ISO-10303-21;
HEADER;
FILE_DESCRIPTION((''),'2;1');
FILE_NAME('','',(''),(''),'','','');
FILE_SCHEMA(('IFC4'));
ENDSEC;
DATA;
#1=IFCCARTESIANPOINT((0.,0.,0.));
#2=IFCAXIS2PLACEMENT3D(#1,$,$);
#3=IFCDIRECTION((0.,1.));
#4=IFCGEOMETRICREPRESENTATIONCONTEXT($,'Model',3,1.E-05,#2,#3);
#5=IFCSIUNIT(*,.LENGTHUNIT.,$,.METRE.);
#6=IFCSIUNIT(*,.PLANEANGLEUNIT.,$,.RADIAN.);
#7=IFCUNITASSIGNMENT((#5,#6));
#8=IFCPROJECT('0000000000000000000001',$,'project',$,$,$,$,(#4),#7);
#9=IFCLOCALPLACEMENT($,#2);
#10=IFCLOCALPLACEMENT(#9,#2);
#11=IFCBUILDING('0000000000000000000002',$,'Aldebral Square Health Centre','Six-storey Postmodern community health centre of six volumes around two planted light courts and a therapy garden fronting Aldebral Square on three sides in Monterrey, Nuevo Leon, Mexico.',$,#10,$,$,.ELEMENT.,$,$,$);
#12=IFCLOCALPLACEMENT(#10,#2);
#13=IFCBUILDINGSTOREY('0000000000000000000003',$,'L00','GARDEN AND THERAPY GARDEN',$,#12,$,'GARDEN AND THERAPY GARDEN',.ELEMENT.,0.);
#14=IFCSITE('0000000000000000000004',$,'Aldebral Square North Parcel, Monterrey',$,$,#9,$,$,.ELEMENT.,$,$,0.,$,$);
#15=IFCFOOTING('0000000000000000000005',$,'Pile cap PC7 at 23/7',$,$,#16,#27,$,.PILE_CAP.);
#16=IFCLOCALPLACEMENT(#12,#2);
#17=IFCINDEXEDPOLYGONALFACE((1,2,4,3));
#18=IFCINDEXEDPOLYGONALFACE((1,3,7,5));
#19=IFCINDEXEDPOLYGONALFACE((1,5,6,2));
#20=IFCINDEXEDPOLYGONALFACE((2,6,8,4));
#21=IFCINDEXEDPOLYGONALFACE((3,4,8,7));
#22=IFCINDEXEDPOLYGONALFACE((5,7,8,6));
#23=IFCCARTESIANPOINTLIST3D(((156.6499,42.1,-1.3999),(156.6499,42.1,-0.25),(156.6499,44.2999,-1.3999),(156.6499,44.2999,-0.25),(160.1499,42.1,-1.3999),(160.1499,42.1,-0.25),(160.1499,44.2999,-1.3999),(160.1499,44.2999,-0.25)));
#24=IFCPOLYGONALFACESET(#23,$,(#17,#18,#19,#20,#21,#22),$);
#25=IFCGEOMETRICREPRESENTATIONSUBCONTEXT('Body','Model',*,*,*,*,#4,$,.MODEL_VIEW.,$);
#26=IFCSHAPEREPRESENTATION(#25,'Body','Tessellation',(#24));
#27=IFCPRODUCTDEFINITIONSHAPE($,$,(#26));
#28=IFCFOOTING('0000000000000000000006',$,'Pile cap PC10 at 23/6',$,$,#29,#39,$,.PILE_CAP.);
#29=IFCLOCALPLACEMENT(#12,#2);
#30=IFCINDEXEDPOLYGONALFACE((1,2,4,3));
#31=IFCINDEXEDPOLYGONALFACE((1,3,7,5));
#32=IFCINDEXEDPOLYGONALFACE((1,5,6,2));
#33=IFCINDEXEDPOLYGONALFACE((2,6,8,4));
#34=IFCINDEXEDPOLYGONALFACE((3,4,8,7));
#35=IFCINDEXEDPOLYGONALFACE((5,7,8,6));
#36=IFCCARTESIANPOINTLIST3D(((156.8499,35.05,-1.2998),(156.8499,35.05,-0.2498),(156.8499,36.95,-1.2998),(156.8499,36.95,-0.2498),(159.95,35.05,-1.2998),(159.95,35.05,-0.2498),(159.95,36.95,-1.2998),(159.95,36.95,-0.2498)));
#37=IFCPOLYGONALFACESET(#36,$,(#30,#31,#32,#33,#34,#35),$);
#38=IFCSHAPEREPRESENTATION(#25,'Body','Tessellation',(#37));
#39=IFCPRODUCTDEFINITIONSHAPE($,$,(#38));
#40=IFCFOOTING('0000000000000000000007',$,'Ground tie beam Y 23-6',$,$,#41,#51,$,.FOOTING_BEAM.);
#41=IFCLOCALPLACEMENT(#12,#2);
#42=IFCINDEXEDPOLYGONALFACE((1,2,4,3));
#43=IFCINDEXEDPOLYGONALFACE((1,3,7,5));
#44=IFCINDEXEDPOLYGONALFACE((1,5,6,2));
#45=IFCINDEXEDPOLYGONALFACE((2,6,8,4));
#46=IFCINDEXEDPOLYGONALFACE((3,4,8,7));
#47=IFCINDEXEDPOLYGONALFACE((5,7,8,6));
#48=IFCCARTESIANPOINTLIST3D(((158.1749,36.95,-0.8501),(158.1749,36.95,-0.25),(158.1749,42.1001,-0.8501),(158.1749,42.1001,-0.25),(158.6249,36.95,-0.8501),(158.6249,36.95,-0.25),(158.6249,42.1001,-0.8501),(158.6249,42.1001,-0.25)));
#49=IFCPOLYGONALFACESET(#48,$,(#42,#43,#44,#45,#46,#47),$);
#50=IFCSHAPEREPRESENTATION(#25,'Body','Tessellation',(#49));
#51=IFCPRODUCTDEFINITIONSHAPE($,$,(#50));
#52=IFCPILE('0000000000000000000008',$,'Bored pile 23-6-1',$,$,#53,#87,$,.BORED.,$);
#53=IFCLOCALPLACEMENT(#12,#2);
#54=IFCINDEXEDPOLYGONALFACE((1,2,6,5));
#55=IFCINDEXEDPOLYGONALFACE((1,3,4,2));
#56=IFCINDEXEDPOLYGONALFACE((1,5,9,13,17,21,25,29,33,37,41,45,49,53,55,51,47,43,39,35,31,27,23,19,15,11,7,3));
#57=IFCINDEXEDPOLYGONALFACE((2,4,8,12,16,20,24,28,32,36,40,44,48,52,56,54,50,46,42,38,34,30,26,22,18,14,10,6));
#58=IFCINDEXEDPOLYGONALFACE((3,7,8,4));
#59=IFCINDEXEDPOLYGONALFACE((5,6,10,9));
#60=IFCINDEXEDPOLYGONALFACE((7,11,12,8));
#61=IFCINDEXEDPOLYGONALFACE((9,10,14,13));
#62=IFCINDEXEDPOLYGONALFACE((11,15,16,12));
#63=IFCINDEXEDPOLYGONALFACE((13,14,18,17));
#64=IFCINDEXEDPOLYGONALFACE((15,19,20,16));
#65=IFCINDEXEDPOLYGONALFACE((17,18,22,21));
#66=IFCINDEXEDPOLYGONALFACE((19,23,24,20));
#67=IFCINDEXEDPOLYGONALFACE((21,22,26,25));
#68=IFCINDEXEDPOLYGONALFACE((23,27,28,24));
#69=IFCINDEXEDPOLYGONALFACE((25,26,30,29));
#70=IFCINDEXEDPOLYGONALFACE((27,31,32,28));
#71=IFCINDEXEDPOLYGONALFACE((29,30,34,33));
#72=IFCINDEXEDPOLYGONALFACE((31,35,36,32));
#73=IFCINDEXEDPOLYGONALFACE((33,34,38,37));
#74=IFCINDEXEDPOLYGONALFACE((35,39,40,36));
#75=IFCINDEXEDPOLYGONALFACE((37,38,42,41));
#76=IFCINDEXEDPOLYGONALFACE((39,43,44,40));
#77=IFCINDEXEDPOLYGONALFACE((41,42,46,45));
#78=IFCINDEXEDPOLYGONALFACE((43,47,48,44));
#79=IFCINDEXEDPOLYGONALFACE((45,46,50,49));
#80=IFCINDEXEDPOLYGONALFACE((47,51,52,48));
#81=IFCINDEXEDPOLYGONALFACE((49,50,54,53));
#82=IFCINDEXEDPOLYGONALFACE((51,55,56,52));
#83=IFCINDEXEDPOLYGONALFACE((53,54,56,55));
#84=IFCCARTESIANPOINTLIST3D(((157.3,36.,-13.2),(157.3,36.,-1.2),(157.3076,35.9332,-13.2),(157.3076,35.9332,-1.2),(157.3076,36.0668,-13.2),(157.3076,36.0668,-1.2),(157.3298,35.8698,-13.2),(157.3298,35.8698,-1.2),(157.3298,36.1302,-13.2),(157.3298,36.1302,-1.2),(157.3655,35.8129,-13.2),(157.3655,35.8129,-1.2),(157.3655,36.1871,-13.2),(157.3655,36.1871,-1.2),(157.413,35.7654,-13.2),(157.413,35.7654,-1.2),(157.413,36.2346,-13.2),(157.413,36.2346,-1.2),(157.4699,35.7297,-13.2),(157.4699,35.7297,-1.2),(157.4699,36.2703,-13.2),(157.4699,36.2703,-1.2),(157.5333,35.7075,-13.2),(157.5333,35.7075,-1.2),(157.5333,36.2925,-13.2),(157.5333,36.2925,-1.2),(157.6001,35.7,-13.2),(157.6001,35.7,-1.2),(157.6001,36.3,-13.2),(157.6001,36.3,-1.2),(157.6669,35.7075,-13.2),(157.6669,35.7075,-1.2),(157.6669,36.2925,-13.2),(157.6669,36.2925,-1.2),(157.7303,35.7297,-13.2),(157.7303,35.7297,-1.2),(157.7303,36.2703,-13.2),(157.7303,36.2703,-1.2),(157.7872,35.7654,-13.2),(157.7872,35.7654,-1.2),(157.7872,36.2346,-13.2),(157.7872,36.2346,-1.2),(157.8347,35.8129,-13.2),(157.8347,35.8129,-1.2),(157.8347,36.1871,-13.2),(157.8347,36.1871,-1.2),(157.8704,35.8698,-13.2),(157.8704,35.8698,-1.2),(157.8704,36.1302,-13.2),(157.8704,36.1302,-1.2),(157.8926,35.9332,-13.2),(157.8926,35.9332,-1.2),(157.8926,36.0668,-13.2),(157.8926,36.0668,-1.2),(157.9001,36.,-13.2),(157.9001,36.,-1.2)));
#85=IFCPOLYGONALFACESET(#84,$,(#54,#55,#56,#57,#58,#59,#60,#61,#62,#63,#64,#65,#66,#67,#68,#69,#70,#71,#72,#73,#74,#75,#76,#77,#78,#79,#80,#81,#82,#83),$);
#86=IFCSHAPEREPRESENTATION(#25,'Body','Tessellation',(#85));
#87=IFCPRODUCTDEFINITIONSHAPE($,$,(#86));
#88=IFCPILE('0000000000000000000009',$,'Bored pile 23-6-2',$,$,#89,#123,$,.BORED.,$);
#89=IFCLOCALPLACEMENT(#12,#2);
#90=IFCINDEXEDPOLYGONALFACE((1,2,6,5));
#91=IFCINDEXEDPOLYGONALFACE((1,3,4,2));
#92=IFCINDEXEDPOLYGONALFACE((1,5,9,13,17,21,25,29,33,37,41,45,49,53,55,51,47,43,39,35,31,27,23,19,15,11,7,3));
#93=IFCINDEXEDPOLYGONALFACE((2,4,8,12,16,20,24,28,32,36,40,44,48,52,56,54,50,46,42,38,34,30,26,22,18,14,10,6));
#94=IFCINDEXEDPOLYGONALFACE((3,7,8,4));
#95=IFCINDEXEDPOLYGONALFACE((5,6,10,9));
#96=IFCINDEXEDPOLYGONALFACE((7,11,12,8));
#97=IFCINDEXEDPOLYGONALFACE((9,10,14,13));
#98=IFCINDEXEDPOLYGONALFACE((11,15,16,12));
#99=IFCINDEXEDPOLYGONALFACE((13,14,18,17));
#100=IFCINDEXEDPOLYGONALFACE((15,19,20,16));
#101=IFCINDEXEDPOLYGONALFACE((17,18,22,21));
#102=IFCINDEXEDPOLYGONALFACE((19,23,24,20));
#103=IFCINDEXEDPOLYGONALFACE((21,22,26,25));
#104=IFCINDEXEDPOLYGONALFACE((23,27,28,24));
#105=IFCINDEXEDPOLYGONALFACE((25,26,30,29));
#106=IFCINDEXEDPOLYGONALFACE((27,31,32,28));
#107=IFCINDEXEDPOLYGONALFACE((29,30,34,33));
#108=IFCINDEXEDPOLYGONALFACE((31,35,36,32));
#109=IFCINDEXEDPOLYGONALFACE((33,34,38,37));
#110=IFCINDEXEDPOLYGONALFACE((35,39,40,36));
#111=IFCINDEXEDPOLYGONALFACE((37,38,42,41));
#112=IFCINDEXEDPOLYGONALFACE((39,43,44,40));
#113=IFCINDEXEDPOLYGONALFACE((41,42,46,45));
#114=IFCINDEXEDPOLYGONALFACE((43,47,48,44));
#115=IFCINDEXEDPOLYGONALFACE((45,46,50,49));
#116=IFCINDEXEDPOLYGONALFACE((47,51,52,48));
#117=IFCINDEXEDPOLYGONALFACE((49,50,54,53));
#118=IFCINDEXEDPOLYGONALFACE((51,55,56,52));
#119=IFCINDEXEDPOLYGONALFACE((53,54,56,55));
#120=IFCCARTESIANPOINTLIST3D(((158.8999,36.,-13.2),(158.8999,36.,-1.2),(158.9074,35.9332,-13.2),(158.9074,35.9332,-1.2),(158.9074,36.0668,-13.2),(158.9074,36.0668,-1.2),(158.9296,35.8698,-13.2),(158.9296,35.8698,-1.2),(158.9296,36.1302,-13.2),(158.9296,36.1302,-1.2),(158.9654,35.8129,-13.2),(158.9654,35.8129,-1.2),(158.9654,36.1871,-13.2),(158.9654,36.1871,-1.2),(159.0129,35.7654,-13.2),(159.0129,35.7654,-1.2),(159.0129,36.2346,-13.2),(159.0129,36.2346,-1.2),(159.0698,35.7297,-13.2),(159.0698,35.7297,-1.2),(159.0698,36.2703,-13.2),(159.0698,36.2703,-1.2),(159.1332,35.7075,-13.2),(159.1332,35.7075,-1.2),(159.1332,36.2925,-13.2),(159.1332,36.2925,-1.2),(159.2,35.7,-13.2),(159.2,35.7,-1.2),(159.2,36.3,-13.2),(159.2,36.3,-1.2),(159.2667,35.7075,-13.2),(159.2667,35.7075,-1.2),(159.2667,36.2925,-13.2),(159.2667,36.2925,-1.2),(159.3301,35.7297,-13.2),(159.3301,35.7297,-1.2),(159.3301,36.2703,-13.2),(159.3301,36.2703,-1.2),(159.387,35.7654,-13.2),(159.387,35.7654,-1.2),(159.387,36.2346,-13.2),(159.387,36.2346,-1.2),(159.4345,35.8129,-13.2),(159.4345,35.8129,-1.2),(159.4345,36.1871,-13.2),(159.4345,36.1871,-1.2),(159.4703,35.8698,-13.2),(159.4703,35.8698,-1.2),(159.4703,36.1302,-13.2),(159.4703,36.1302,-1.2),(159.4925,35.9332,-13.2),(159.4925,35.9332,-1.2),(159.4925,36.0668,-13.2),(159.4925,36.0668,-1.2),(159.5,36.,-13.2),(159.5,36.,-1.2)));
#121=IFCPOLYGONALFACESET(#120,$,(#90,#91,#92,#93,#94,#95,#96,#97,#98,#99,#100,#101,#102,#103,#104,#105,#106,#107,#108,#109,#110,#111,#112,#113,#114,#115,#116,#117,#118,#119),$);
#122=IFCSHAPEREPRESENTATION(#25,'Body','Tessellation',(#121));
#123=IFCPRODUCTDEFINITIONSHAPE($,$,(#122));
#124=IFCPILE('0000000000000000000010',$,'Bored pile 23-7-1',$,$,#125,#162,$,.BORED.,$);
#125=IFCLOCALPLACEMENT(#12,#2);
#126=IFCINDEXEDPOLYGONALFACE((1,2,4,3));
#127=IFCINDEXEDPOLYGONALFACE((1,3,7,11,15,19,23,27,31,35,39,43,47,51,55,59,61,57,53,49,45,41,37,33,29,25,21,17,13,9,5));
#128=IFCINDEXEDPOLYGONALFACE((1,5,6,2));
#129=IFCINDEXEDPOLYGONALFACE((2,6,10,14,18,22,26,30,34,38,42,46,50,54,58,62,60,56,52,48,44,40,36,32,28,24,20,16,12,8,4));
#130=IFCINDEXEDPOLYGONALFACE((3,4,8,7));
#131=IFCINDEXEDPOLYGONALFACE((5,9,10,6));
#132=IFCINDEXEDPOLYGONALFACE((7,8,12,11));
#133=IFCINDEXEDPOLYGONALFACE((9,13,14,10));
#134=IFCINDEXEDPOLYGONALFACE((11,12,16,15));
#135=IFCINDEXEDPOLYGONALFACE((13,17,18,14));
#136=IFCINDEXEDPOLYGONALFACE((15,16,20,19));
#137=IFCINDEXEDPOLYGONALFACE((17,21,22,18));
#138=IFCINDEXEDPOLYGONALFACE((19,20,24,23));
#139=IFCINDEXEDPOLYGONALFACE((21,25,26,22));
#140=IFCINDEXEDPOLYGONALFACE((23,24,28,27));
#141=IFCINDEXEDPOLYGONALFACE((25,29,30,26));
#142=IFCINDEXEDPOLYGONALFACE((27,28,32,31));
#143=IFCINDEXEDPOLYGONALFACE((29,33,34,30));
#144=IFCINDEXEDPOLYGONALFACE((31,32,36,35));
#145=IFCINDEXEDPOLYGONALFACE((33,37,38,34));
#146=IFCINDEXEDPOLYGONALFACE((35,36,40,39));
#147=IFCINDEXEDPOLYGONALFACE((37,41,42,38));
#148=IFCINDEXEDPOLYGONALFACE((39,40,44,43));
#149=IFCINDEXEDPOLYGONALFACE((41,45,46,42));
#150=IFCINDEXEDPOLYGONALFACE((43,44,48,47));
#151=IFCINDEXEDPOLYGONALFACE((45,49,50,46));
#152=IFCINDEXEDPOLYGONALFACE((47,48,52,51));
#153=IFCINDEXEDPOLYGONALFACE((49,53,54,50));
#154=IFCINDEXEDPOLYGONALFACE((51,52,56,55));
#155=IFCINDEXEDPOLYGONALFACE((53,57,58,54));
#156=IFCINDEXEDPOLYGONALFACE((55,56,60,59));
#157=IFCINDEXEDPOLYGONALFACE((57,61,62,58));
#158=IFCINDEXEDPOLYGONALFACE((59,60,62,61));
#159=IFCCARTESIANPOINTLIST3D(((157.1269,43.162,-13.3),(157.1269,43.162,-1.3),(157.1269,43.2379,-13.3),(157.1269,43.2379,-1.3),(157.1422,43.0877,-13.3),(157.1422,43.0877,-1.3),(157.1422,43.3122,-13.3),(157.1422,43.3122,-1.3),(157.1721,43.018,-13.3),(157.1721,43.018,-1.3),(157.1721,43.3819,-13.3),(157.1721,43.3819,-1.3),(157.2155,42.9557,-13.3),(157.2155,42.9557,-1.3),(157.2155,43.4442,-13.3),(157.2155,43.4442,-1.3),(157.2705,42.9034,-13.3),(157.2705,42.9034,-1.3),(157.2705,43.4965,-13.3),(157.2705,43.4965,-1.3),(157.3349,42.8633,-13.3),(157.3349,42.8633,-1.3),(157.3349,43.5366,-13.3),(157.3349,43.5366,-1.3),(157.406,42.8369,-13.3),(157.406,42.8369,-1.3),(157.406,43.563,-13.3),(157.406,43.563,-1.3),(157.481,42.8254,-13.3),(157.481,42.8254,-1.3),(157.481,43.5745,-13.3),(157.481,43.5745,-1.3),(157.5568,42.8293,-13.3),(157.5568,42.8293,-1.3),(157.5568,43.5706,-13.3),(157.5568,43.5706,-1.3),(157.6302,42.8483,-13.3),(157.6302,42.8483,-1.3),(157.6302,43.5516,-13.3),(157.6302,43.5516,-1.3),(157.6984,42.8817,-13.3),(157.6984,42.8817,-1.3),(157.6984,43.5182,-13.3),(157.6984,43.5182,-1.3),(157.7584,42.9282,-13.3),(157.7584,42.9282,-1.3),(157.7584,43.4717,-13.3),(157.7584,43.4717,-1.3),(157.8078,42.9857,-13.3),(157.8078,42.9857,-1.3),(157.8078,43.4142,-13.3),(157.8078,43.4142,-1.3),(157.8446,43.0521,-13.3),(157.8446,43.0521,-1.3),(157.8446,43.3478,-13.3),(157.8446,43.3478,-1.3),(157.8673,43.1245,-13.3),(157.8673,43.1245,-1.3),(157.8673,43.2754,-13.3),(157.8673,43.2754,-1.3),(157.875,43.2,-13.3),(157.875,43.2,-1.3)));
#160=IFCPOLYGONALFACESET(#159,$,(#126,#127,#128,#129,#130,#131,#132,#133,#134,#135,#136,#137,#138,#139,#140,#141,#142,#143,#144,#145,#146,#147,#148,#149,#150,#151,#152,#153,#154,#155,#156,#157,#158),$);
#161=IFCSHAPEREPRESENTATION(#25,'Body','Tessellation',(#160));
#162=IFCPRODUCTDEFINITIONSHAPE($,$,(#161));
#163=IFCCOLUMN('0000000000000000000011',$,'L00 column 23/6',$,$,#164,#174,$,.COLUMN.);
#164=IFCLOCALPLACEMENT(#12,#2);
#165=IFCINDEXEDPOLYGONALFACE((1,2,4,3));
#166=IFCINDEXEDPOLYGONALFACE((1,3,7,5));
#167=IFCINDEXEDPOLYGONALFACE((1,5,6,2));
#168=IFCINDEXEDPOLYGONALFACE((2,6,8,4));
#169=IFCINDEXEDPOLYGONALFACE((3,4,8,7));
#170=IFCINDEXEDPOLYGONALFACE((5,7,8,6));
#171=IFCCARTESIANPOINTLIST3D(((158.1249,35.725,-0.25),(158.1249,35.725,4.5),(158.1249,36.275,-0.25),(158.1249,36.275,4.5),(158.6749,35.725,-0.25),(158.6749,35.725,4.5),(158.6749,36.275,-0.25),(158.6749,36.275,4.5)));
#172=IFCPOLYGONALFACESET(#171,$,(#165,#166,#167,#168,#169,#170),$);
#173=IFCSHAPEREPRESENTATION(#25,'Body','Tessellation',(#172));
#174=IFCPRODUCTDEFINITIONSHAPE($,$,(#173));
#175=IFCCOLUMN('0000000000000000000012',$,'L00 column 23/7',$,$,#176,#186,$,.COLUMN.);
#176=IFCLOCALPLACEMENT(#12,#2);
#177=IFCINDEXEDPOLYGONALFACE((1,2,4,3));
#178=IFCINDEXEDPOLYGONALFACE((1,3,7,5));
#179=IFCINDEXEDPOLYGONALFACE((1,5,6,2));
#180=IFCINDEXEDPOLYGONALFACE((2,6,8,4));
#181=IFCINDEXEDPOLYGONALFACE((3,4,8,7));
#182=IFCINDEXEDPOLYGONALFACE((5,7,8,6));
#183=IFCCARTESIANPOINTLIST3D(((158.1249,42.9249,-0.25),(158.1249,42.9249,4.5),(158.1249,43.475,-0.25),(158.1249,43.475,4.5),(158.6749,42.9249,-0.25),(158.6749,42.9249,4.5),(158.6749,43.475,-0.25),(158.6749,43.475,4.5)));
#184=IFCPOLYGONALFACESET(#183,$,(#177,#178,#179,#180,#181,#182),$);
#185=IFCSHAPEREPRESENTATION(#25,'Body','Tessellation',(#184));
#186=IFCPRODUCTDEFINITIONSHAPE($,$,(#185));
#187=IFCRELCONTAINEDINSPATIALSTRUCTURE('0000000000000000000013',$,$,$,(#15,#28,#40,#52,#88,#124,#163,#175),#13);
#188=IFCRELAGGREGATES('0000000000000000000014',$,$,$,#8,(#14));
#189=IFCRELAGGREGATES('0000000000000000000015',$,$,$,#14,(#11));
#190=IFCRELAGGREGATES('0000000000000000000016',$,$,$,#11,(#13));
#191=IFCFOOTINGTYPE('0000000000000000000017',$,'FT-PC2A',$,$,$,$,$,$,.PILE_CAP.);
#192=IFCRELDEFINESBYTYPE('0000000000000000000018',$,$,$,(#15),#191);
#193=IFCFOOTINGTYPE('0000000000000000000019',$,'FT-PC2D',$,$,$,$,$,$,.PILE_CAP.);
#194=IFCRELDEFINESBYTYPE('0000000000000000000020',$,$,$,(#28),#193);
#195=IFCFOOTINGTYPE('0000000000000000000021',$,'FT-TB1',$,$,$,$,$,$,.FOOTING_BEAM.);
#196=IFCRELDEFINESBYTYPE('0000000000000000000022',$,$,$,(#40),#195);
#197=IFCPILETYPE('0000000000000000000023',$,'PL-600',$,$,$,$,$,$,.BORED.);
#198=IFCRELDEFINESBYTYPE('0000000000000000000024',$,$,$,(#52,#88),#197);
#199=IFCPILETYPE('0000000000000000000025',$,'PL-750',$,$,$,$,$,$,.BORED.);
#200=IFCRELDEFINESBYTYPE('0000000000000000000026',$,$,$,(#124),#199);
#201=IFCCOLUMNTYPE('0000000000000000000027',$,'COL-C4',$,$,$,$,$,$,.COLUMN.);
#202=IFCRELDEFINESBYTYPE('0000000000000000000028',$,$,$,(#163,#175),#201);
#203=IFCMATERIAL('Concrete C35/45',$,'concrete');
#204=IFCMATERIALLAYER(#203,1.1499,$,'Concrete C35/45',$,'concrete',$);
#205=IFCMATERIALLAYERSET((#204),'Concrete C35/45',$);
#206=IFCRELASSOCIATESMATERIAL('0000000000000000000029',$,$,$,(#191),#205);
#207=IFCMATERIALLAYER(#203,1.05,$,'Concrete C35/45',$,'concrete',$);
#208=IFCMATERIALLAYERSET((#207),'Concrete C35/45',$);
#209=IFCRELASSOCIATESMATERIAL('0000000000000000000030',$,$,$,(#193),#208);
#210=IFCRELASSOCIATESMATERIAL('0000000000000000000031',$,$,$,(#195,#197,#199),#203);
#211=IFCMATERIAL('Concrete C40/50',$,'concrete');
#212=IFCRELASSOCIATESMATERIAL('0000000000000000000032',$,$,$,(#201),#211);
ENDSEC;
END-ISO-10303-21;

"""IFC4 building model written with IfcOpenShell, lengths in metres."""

from ifc_helpers import new_model, si_unit, direction, frame, origin, origin_2d, place, context, subcontext, project, spatial, rectangle, circle, extrude, material, layer, layer_set, material_profile, profile_set, type_object, element, save


model = new_model("IFC4")

# Units and contexts
model_context = context("Model", 3, precision=1e-05, world=origin(), true_north=direction((0.0, 1.0)))
body_context = subcontext(model_context, "Body", "Model", "MODEL_VIEW")
ifc_project = project(units=[si_unit("LENGTHUNIT", "METRE"), si_unit("PLANEANGLEUNIT", "RADIAN")], contexts=[model_context])

# Site, building, storey
site_placement = place(None, origin())
site = spatial("IfcSite", under=ifc_project, at=site_placement, Name="Aldebral Square North Parcel, Monterrey", CompositionType="ELEMENT", RefElevation=0.0)
building_placement = place(site_placement, origin())
building = spatial("IfcBuilding", under=site, at=building_placement, Name="Aldebral Square Health Centre", Description="Six-storey Postmodern community health centre of six volumes around two planted light courts and a therapy garden fronting Aldebral Square on three sides in Monterrey, Nuevo Leon, Mexico.", CompositionType="ELEMENT")
storey_placement = place(building_placement, origin())
storey = spatial("IfcBuildingStorey", under=building, at=storey_placement, Name="L00", Description="GARDEN AND THERAPY GARDEN", LongName="GARDEN AND THERAPY GARDEN", CompositionType="ELEMENT", Elevation=0.0)

# Footings
ifc_material_1 = material(Name="Concrete C35/45", Category="concrete")
ifc_layer_1 = layer(ifc_material_1, 1.1499, Name="Concrete C35/45", Category="concrete")
ifc_layer_set_1 = layer_set([ifc_layer_1], Name="Concrete C35/45")
footing_type_1 = type_object("IfcFootingType", Name="FT-PC2A", PredefinedType="PILE_CAP", material=ifc_layer_set_1)
footing_1_placement = place(storey_placement, frame((158.3999, 43.2, -1.3999), z_axis=(0.0, 0.0, 1.0), x_axis=(1.0, 0.0, 0.0)))
element("IfcFooting", 1, at=footing_1_placement, inside=storey, type_object=footing_type_1, Name="Pile cap PC7 at 23/7", PredefinedType="PILE_CAP", context=body_context, shape_type="SweptSolid", body=[
    extrude(rectangle(XDim=3.5, YDim=2.2, at=origin_2d()), origin(), (0.0, 0.0, 1.0), 1.1499),
])
ifc_layer_2 = layer(ifc_material_1, 1.05, Name="Concrete C35/45", Category="concrete")
ifc_layer_set_2 = layer_set([ifc_layer_2], Name="Concrete C35/45")
footing_type_2 = type_object("IfcFootingType", Name="FT-PC2D", PredefinedType="PILE_CAP", material=ifc_layer_set_2)
footing_2_placement = place(storey_placement, frame((158.3999, 36.0, -1.2998), z_axis=(0.0, 0.0, 1.0), x_axis=(1.0, 0.0, 0.0)))
element("IfcFooting", 2, at=footing_2_placement, inside=storey, type_object=footing_type_2, Name="Pile cap PC10 at 23/6", PredefinedType="PILE_CAP", context=body_context, shape_type="SweptSolid", body=[
    extrude(rectangle(XDim=3.1001, YDim=1.8999, at=origin_2d()), origin(), (0.0, 0.0, 1.0), 1.05),
])
ifc_material_profile_1 = material_profile(ifc_material_1, rectangle(XDim=0.45, YDim=0.6001, at=origin_2d()), Name="RC 450x600")
ifc_profile_set_1 = profile_set([ifc_material_profile_1], Name="Concrete C35/45")
footing_type_3 = type_object("IfcFootingType", Name="FT-TB1", PredefinedType="FOOTING_BEAM", material=ifc_profile_set_1)
footing_3_placement = place(storey_placement, frame((158.3999, 36.95, -0.55), z_axis=(0.0, 1.0, 0.0), x_axis=(-1.0, 0.0, 0.0)))
element("IfcFooting", 3, at=footing_3_placement, inside=storey, type_object=footing_type_3, Name="Ground tie beam Y 23-6", PredefinedType="FOOTING_BEAM", context=body_context, shape_type="SweptSolid", body=[
    extrude(rectangle(XDim=0.45, YDim=0.6001, at=origin_2d()), origin(), (0.0, 0.0, 1.0), 5.1501),
])

# Piles
ifc_material_profile_2 = material_profile(ifc_material_1, circle(Radius=0.3, at=origin_2d()), Name="PILE D600")
ifc_profile_set_2 = profile_set([ifc_material_profile_2], Name="Concrete C35/45")
pile_type_1 = type_object("IfcPileType", Name="PL-600", PredefinedType="BORED", material=ifc_profile_set_2)
for number, where, z_axis, x_axis, name in (
    (4, (157.6001, 36.0, -1.2), (0.0, 0.0, -1.0), (1.0, 0.0, 0.0), "Bored pile 23-6-1"),
    (5, (159.2, 36.0, -1.2), (0.0, 0.0, -1.0), (1.0, 0.0, 0.0), "Bored pile 23-6-2"),
):
    element("IfcPile", number, at=place(storey_placement, frame(where, z_axis=z_axis, x_axis=x_axis)), inside=storey, type_object=pile_type_1, Name=name, PredefinedType="BORED", context=body_context, shape_type="SweptSolid", body=[
        extrude(circle(Radius=0.3, at=origin_2d()), origin(), (0.0, 0.0, 1.0), 12.0),
    ])
ifc_material_profile_3 = material_profile(ifc_material_1, circle(Radius=0.375, at=origin_2d()), Name="PILE D750")
ifc_profile_set_3 = profile_set([ifc_material_profile_3], Name="Concrete C35/45")
pile_type_2 = type_object("IfcPileType", Name="PL-750", PredefinedType="BORED", material=ifc_profile_set_3)
pile_placement = place(storey_placement, frame((157.5, 43.2, -1.3), z_axis=(0.0, 0.0, -1.0), x_axis=(1.0, 0.0, 0.0)))
element("IfcPile", 6, at=pile_placement, inside=storey, type_object=pile_type_2, Name="Bored pile 23-7-1", PredefinedType="BORED", context=body_context, shape_type="SweptSolid", body=[
    extrude(circle(Radius=0.375, at=origin_2d()), origin(), (0.0, 0.0, 1.0), 12.0),
])

# Columns
ifc_material_2 = material(Name="Concrete C40/50", Category="concrete")
ifc_material_profile_4 = material_profile(ifc_material_2, rectangle(XDim=0.55, YDim=0.55, at=origin_2d()), Name="RC 550x550")
ifc_profile_set_4 = profile_set([ifc_material_profile_4], Name="Concrete C40/50")
column_type = type_object("IfcColumnType", Name="COL-C4", PredefinedType="COLUMN", material=ifc_profile_set_4)
for number, where, z_axis, x_axis, name in (
    (7, (158.3999, 36.0, -0.25), (0.0, 0.0, 1.0), (1.0, 0.0, 0.0), "L00 column 23/6"),
    (8, (158.3999, 43.2, -0.25), (0.0, 0.0, 1.0), (1.0, 0.0, 0.0), "L00 column 23/7"),
):
    element("IfcColumn", number, at=place(storey_placement, frame(where, z_axis=z_axis, x_axis=x_axis)), inside=storey, type_object=column_type, Name=name, PredefinedType="COLUMN", context=body_context, shape_type="SweptSolid", body=[
        extrude(rectangle(XDim=0.55, YDim=0.55, at=origin_2d()), origin(), (0.0, 0.0, 1.0), 4.75),
    ])

save(model, "model.ifc")
